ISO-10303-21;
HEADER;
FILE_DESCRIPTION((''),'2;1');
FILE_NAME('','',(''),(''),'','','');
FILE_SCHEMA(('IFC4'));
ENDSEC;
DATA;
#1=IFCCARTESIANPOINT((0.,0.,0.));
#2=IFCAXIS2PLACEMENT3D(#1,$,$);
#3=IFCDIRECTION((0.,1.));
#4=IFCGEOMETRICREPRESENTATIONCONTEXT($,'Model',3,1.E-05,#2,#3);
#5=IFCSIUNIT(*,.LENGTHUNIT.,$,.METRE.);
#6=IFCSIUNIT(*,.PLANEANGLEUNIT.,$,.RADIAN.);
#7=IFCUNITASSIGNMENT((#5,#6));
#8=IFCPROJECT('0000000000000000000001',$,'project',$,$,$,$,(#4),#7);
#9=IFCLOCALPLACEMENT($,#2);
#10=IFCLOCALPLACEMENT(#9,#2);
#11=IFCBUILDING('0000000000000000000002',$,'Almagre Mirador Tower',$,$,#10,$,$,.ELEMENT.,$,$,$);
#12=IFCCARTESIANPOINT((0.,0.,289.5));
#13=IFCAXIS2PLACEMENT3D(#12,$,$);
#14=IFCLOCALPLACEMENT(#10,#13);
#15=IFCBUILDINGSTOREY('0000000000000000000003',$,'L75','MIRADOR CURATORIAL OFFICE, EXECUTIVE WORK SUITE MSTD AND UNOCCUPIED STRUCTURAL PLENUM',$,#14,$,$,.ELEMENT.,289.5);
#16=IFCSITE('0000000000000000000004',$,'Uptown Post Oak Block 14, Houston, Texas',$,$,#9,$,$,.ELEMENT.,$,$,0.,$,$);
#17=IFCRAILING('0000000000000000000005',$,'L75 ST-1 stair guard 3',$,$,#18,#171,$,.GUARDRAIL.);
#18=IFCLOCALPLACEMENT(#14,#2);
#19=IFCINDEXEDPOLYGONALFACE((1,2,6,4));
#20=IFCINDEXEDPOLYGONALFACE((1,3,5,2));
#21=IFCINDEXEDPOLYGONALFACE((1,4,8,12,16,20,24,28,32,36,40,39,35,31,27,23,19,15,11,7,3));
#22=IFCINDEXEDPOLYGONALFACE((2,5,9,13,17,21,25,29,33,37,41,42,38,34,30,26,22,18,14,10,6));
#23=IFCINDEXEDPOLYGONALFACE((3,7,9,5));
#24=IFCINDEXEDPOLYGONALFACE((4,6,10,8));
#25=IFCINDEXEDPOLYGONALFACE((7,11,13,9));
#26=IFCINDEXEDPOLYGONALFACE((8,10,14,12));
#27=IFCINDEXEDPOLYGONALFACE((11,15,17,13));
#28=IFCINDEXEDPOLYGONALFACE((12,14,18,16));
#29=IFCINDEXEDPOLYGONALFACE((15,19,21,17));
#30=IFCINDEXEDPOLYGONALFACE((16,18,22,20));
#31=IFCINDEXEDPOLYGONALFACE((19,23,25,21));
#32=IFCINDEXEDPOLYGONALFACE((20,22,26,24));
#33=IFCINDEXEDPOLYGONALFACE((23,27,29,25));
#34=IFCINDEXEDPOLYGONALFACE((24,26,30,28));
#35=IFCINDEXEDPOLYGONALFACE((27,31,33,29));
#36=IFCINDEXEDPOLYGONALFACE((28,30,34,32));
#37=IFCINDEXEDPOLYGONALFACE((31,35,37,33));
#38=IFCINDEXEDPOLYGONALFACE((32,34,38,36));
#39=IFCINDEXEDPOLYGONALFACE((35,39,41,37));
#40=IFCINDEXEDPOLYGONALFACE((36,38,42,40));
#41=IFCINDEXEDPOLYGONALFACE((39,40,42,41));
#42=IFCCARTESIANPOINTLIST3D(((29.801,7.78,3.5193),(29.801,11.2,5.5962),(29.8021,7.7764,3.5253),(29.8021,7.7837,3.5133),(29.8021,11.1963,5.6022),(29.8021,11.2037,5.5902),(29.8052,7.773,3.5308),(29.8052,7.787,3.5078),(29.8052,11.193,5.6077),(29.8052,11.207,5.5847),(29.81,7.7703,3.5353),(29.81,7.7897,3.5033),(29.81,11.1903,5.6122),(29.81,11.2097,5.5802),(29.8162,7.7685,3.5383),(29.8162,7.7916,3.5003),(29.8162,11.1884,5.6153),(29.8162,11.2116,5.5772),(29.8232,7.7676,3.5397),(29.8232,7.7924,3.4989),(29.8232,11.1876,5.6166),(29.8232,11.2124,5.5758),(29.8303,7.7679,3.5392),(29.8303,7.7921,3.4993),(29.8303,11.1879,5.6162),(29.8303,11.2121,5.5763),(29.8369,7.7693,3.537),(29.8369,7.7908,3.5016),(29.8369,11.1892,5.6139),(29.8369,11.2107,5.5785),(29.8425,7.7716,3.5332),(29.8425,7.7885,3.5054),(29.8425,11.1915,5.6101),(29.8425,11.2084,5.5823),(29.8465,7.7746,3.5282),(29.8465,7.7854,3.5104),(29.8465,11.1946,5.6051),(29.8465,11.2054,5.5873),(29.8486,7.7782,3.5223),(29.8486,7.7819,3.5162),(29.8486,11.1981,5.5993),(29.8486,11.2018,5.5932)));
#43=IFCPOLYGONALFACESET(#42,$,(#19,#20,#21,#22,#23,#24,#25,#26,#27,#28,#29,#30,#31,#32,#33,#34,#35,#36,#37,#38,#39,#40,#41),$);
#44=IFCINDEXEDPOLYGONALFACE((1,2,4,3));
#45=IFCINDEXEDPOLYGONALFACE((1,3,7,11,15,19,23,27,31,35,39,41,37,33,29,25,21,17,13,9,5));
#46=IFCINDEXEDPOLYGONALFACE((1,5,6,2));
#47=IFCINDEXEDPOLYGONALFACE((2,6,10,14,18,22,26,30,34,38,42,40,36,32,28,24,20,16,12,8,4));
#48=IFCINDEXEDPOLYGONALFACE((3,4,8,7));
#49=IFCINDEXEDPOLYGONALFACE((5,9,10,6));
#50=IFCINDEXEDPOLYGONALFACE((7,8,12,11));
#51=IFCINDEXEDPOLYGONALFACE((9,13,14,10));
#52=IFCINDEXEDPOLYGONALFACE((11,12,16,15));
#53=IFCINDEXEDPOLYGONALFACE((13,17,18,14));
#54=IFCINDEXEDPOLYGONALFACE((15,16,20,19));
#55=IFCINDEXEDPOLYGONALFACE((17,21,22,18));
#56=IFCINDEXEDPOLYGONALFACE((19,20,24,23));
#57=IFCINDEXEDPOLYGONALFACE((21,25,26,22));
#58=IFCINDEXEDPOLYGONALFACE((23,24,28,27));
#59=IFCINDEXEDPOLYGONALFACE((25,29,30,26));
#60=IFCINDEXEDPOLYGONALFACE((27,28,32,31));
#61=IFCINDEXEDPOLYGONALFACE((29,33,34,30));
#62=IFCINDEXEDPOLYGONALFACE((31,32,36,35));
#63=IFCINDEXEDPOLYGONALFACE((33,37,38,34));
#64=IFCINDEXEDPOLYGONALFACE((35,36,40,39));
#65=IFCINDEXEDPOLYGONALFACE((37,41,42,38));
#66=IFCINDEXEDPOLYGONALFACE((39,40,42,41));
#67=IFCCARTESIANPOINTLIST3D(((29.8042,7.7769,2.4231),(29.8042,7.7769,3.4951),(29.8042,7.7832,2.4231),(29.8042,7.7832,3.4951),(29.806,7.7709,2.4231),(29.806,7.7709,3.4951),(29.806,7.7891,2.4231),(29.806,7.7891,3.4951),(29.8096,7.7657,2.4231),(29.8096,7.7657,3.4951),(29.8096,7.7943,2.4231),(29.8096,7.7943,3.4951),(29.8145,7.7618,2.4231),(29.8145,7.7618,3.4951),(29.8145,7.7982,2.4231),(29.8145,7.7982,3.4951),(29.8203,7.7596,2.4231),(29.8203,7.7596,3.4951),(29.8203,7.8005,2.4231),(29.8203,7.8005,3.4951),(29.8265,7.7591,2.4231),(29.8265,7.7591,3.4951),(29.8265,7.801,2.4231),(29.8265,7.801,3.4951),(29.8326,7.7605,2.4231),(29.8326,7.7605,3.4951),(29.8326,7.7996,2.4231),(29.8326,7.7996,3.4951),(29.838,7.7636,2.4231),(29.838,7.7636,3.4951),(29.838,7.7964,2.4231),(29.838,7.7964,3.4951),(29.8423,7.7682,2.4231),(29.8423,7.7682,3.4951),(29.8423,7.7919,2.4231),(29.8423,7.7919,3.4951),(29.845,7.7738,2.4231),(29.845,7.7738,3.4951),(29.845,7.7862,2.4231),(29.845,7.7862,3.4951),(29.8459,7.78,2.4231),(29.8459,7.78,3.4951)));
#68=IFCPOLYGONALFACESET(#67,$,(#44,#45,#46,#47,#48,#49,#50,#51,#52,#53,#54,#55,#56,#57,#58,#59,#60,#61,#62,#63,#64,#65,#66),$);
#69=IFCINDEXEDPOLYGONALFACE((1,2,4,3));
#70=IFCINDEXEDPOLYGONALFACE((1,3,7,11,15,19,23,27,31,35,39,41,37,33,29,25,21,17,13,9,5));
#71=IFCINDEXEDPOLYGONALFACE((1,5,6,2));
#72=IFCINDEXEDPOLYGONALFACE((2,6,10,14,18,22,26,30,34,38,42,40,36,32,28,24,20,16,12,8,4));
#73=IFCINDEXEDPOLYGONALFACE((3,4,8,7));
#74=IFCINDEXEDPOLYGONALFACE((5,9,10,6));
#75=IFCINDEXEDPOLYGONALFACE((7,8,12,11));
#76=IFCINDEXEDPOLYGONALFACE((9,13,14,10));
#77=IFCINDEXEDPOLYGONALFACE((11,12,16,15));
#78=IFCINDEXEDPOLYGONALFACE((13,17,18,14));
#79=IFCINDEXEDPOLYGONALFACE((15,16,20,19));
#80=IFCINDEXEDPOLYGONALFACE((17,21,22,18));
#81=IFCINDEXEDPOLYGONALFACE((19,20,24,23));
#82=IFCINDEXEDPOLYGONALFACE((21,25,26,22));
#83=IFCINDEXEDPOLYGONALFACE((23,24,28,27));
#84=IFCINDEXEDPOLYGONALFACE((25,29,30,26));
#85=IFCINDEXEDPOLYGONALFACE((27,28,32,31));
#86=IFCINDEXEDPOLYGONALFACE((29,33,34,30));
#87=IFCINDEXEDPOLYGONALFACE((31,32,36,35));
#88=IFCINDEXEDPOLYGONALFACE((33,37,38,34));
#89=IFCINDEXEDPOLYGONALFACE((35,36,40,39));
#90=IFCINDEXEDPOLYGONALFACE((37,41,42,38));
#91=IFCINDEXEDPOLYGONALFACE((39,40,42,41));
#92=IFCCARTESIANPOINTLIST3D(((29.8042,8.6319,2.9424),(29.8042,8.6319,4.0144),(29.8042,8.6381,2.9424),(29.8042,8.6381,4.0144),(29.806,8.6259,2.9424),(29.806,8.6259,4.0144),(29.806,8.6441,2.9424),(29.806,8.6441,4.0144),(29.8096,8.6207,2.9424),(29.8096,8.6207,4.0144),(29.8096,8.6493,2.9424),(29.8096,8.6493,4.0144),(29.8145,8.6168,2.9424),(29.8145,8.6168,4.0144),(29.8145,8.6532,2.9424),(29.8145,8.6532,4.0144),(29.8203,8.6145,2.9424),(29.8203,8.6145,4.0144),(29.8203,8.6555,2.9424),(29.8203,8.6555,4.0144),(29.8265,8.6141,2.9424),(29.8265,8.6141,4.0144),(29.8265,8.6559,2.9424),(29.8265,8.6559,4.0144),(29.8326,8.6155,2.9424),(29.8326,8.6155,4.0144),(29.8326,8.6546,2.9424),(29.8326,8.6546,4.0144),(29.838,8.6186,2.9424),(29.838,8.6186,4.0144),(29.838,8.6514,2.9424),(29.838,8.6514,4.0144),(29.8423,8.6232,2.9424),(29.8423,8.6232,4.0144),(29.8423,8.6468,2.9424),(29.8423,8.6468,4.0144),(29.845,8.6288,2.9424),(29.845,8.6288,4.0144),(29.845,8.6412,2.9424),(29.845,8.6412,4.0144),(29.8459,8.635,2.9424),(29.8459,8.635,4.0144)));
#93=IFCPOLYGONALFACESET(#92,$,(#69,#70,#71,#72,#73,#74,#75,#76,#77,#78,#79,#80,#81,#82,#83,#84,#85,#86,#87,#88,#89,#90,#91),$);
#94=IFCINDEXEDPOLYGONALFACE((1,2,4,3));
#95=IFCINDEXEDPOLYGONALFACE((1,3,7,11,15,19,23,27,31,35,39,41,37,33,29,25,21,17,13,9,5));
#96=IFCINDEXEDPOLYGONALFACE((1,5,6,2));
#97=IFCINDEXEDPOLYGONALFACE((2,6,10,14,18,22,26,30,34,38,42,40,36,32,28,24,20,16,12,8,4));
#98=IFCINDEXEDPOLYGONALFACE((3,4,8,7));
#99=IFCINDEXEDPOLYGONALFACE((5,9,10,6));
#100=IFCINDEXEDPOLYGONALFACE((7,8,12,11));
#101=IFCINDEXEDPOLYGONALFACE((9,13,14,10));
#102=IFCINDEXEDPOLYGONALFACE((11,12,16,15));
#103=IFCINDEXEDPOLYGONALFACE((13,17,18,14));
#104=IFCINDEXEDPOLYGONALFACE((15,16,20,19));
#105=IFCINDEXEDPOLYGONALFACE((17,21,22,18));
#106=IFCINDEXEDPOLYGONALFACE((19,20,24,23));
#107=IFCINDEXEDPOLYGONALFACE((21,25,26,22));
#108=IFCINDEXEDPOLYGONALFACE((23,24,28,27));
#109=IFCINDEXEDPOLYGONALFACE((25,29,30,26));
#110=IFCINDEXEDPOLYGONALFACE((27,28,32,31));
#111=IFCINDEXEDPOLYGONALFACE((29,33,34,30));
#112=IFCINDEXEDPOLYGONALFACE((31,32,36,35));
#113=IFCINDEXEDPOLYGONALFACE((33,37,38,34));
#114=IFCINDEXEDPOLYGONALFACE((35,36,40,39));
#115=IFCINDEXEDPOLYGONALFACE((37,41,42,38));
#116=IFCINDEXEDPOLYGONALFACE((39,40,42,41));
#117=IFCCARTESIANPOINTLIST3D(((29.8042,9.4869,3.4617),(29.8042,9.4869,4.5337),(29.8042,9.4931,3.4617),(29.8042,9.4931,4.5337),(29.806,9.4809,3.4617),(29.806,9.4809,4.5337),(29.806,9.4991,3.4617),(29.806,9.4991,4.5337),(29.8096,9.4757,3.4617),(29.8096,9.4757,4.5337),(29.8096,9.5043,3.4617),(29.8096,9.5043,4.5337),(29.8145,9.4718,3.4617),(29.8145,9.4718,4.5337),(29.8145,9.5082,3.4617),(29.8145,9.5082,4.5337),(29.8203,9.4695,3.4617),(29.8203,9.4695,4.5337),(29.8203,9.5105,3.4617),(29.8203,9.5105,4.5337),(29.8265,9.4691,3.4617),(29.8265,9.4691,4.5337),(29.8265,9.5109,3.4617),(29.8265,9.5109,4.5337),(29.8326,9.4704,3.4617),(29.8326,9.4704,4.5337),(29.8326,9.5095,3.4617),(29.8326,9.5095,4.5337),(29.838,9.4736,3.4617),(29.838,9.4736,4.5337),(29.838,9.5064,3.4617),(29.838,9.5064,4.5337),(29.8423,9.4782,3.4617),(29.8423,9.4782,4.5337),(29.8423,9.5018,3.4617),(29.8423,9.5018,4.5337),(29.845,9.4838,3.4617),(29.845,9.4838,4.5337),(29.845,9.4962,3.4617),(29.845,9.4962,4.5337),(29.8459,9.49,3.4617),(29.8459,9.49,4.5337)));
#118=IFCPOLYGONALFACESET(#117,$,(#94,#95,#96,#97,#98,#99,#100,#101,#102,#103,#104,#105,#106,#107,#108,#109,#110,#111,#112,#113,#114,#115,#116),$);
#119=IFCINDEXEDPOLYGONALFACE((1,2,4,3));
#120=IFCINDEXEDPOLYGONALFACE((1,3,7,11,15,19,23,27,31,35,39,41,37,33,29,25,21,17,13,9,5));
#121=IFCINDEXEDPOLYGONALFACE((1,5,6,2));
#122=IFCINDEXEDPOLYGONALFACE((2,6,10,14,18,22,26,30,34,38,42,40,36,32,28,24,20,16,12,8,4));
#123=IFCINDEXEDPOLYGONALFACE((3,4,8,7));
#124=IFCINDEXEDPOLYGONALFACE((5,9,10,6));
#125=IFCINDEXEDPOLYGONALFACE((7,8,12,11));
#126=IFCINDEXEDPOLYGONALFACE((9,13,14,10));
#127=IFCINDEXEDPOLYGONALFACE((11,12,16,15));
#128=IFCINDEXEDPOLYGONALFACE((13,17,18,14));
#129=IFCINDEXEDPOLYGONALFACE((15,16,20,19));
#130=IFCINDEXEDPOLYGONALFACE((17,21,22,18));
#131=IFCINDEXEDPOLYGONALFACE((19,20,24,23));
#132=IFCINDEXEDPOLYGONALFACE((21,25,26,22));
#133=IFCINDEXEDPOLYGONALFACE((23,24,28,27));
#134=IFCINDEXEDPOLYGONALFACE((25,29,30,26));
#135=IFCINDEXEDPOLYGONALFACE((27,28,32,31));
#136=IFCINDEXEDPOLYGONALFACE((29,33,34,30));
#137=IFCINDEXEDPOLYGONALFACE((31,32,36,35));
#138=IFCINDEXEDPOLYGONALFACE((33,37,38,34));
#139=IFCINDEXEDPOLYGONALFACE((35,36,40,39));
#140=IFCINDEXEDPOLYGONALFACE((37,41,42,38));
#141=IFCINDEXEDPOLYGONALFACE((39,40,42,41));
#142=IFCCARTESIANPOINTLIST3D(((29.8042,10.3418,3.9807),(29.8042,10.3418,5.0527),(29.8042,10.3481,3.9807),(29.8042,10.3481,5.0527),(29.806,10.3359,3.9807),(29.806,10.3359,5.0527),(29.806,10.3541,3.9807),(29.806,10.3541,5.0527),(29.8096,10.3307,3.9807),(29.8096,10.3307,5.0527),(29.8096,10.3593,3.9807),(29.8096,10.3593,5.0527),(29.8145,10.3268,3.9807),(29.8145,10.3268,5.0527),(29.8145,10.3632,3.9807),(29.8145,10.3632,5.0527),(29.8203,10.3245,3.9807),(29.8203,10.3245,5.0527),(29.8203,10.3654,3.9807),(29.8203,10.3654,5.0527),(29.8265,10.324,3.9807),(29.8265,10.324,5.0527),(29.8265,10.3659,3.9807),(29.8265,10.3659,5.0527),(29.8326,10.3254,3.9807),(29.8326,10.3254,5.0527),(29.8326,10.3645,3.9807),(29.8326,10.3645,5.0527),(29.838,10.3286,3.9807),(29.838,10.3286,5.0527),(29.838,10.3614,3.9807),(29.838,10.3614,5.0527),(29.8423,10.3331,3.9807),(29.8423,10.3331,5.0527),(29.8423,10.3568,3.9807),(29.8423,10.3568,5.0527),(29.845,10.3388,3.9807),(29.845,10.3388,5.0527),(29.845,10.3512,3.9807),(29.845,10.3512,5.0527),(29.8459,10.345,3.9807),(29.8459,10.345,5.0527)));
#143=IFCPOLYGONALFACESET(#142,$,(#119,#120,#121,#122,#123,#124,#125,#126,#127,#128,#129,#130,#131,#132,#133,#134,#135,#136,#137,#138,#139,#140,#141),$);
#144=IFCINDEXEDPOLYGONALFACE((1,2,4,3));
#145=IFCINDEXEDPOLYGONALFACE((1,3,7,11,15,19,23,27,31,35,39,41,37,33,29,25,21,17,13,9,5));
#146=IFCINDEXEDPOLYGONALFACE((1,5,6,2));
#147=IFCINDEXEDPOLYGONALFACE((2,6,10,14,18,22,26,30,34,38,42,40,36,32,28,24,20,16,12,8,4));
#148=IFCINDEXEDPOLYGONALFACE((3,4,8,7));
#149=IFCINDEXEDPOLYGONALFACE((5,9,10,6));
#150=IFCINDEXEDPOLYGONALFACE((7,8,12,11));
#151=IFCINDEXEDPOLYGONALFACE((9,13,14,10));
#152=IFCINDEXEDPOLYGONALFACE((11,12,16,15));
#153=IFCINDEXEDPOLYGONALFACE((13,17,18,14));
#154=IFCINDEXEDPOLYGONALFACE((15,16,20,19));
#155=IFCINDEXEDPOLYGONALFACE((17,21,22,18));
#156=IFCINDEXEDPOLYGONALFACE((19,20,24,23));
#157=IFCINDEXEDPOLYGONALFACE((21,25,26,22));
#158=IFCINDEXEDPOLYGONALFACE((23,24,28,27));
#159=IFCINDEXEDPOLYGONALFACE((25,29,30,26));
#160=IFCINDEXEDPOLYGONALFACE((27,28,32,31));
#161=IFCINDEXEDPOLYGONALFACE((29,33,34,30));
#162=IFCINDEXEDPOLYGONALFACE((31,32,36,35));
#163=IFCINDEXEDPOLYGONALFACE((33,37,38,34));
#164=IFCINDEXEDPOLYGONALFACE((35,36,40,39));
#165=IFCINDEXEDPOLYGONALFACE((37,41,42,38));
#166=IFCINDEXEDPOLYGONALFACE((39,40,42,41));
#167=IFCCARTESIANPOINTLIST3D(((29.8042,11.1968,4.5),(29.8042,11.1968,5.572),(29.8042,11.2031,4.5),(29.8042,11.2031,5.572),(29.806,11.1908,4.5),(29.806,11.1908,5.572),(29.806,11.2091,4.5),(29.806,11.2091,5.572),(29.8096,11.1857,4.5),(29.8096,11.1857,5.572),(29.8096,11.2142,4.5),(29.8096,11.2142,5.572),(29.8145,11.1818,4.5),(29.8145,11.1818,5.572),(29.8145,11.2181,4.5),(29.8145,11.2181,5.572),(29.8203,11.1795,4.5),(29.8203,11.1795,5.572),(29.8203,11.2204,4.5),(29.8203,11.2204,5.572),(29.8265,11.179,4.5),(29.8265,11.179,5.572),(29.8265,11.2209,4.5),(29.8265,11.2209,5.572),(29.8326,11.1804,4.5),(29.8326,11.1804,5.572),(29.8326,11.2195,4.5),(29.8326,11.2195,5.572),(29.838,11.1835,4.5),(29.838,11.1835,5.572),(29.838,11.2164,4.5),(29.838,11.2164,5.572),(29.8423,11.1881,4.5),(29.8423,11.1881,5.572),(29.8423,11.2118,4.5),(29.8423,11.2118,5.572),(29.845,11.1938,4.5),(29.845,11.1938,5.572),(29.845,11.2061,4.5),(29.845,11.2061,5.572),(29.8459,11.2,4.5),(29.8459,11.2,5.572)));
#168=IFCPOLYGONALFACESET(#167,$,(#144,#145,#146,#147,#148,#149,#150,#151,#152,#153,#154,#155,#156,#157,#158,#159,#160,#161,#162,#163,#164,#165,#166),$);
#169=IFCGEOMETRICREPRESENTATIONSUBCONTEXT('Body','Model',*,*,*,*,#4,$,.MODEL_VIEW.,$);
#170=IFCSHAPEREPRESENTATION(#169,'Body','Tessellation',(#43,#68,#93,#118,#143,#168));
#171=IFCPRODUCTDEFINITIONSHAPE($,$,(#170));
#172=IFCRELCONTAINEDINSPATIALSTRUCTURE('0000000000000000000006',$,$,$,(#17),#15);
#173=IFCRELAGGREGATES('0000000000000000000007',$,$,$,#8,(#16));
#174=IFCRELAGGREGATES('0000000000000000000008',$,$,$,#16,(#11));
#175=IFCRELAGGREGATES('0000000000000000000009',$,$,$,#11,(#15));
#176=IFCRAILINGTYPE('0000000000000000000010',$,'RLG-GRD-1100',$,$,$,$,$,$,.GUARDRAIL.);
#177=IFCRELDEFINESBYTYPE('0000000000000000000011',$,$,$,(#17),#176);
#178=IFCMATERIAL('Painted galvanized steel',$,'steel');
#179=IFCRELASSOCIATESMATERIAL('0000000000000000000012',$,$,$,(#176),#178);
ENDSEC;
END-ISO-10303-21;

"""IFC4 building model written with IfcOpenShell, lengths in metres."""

from ifc_helpers import new_model, si_unit, direction, frame, origin, origin_2d, place, context, subcontext, project, spatial, circle, extrude, material, type_object, element, save


model = new_model("IFC4")

# Units and contexts
model_context = context("Model", 3, precision=1e-05, world=origin(), true_north=direction((0.0, 1.0)))
body_context = subcontext(model_context, "Body", "Model", "MODEL_VIEW")
ifc_project = project(units=[si_unit("LENGTHUNIT", "METRE"), si_unit("PLANEANGLEUNIT", "RADIAN")], contexts=[model_context])

# Site, building, storey
site_placement = place(None, origin())
site = spatial("IfcSite", under=ifc_project, at=site_placement, Name="Uptown Post Oak Block 14, Houston, Texas", CompositionType="ELEMENT", RefElevation=0.0)
building_placement = place(site_placement, origin())
building = spatial("IfcBuilding", under=site, at=building_placement, Name="Almagre Mirador Tower", CompositionType="ELEMENT")
storey_placement = place(building_placement, frame((0.0, 0.0, 289.5)))
storey = spatial("IfcBuildingStorey", under=building, at=storey_placement, Name="L75", Description="MIRADOR CURATORIAL OFFICE, EXECUTIVE WORK SUITE MSTD AND UNOCCUPIED STRUCTURAL PLENUM", CompositionType="ELEMENT", Elevation=289.5)

# Railing
ifc_material_1 = material(Name="Painted galvanized steel", Category="steel")
railing_type_1 = type_object("IfcRailingType", Name="RLG-GRD-1100", PredefinedType="GUARDRAIL", material=ifc_material_1)
railing_1_placement = place(storey_placement, frame((29.825, 7.78, 2.4231)))
element("IfcRailing", 1, at=railing_1_placement, inside=storey, type_object=railing_type_1, Name="L75 ST-1 stair guard 3", PredefinedType="GUARDRAIL", context=body_context, shape_type="SweptSolid", body=[
    extrude(circle(Radius=0.0239, at=origin_2d()), frame((0.0, 0.0, 1.0962), z_axis=(0.0, 0.85473, 0.519074), x_axis=(-1.0, 0.0, 0.0)), (0.0, 0.0, 1.0), 4.0012),
    extrude(circle(Radius=0.021, at=origin_2d()), origin(), (0.0, 0.0, 1.0), 1.072),
    extrude(circle(Radius=0.021, at=origin_2d()), frame((0.0, 0.855, 0.5193)), (0.0, 0.0, 1.0), 1.072),
    extrude(circle(Radius=0.021, at=origin_2d()), frame((0.0, 1.71, 1.0386)), (0.0, 0.0, 1.0), 1.072),
    extrude(circle(Radius=0.021, at=origin_2d()), frame((0.0, 2.5649, 1.5576)), (0.0, 0.0, 1.0), 1.072),
    extrude(circle(Radius=0.021, at=origin_2d()), frame((0.0, 3.4199, 2.0769)), (0.0, 0.0, 1.0), 1.072),
])

save(model, "model.ifc")
